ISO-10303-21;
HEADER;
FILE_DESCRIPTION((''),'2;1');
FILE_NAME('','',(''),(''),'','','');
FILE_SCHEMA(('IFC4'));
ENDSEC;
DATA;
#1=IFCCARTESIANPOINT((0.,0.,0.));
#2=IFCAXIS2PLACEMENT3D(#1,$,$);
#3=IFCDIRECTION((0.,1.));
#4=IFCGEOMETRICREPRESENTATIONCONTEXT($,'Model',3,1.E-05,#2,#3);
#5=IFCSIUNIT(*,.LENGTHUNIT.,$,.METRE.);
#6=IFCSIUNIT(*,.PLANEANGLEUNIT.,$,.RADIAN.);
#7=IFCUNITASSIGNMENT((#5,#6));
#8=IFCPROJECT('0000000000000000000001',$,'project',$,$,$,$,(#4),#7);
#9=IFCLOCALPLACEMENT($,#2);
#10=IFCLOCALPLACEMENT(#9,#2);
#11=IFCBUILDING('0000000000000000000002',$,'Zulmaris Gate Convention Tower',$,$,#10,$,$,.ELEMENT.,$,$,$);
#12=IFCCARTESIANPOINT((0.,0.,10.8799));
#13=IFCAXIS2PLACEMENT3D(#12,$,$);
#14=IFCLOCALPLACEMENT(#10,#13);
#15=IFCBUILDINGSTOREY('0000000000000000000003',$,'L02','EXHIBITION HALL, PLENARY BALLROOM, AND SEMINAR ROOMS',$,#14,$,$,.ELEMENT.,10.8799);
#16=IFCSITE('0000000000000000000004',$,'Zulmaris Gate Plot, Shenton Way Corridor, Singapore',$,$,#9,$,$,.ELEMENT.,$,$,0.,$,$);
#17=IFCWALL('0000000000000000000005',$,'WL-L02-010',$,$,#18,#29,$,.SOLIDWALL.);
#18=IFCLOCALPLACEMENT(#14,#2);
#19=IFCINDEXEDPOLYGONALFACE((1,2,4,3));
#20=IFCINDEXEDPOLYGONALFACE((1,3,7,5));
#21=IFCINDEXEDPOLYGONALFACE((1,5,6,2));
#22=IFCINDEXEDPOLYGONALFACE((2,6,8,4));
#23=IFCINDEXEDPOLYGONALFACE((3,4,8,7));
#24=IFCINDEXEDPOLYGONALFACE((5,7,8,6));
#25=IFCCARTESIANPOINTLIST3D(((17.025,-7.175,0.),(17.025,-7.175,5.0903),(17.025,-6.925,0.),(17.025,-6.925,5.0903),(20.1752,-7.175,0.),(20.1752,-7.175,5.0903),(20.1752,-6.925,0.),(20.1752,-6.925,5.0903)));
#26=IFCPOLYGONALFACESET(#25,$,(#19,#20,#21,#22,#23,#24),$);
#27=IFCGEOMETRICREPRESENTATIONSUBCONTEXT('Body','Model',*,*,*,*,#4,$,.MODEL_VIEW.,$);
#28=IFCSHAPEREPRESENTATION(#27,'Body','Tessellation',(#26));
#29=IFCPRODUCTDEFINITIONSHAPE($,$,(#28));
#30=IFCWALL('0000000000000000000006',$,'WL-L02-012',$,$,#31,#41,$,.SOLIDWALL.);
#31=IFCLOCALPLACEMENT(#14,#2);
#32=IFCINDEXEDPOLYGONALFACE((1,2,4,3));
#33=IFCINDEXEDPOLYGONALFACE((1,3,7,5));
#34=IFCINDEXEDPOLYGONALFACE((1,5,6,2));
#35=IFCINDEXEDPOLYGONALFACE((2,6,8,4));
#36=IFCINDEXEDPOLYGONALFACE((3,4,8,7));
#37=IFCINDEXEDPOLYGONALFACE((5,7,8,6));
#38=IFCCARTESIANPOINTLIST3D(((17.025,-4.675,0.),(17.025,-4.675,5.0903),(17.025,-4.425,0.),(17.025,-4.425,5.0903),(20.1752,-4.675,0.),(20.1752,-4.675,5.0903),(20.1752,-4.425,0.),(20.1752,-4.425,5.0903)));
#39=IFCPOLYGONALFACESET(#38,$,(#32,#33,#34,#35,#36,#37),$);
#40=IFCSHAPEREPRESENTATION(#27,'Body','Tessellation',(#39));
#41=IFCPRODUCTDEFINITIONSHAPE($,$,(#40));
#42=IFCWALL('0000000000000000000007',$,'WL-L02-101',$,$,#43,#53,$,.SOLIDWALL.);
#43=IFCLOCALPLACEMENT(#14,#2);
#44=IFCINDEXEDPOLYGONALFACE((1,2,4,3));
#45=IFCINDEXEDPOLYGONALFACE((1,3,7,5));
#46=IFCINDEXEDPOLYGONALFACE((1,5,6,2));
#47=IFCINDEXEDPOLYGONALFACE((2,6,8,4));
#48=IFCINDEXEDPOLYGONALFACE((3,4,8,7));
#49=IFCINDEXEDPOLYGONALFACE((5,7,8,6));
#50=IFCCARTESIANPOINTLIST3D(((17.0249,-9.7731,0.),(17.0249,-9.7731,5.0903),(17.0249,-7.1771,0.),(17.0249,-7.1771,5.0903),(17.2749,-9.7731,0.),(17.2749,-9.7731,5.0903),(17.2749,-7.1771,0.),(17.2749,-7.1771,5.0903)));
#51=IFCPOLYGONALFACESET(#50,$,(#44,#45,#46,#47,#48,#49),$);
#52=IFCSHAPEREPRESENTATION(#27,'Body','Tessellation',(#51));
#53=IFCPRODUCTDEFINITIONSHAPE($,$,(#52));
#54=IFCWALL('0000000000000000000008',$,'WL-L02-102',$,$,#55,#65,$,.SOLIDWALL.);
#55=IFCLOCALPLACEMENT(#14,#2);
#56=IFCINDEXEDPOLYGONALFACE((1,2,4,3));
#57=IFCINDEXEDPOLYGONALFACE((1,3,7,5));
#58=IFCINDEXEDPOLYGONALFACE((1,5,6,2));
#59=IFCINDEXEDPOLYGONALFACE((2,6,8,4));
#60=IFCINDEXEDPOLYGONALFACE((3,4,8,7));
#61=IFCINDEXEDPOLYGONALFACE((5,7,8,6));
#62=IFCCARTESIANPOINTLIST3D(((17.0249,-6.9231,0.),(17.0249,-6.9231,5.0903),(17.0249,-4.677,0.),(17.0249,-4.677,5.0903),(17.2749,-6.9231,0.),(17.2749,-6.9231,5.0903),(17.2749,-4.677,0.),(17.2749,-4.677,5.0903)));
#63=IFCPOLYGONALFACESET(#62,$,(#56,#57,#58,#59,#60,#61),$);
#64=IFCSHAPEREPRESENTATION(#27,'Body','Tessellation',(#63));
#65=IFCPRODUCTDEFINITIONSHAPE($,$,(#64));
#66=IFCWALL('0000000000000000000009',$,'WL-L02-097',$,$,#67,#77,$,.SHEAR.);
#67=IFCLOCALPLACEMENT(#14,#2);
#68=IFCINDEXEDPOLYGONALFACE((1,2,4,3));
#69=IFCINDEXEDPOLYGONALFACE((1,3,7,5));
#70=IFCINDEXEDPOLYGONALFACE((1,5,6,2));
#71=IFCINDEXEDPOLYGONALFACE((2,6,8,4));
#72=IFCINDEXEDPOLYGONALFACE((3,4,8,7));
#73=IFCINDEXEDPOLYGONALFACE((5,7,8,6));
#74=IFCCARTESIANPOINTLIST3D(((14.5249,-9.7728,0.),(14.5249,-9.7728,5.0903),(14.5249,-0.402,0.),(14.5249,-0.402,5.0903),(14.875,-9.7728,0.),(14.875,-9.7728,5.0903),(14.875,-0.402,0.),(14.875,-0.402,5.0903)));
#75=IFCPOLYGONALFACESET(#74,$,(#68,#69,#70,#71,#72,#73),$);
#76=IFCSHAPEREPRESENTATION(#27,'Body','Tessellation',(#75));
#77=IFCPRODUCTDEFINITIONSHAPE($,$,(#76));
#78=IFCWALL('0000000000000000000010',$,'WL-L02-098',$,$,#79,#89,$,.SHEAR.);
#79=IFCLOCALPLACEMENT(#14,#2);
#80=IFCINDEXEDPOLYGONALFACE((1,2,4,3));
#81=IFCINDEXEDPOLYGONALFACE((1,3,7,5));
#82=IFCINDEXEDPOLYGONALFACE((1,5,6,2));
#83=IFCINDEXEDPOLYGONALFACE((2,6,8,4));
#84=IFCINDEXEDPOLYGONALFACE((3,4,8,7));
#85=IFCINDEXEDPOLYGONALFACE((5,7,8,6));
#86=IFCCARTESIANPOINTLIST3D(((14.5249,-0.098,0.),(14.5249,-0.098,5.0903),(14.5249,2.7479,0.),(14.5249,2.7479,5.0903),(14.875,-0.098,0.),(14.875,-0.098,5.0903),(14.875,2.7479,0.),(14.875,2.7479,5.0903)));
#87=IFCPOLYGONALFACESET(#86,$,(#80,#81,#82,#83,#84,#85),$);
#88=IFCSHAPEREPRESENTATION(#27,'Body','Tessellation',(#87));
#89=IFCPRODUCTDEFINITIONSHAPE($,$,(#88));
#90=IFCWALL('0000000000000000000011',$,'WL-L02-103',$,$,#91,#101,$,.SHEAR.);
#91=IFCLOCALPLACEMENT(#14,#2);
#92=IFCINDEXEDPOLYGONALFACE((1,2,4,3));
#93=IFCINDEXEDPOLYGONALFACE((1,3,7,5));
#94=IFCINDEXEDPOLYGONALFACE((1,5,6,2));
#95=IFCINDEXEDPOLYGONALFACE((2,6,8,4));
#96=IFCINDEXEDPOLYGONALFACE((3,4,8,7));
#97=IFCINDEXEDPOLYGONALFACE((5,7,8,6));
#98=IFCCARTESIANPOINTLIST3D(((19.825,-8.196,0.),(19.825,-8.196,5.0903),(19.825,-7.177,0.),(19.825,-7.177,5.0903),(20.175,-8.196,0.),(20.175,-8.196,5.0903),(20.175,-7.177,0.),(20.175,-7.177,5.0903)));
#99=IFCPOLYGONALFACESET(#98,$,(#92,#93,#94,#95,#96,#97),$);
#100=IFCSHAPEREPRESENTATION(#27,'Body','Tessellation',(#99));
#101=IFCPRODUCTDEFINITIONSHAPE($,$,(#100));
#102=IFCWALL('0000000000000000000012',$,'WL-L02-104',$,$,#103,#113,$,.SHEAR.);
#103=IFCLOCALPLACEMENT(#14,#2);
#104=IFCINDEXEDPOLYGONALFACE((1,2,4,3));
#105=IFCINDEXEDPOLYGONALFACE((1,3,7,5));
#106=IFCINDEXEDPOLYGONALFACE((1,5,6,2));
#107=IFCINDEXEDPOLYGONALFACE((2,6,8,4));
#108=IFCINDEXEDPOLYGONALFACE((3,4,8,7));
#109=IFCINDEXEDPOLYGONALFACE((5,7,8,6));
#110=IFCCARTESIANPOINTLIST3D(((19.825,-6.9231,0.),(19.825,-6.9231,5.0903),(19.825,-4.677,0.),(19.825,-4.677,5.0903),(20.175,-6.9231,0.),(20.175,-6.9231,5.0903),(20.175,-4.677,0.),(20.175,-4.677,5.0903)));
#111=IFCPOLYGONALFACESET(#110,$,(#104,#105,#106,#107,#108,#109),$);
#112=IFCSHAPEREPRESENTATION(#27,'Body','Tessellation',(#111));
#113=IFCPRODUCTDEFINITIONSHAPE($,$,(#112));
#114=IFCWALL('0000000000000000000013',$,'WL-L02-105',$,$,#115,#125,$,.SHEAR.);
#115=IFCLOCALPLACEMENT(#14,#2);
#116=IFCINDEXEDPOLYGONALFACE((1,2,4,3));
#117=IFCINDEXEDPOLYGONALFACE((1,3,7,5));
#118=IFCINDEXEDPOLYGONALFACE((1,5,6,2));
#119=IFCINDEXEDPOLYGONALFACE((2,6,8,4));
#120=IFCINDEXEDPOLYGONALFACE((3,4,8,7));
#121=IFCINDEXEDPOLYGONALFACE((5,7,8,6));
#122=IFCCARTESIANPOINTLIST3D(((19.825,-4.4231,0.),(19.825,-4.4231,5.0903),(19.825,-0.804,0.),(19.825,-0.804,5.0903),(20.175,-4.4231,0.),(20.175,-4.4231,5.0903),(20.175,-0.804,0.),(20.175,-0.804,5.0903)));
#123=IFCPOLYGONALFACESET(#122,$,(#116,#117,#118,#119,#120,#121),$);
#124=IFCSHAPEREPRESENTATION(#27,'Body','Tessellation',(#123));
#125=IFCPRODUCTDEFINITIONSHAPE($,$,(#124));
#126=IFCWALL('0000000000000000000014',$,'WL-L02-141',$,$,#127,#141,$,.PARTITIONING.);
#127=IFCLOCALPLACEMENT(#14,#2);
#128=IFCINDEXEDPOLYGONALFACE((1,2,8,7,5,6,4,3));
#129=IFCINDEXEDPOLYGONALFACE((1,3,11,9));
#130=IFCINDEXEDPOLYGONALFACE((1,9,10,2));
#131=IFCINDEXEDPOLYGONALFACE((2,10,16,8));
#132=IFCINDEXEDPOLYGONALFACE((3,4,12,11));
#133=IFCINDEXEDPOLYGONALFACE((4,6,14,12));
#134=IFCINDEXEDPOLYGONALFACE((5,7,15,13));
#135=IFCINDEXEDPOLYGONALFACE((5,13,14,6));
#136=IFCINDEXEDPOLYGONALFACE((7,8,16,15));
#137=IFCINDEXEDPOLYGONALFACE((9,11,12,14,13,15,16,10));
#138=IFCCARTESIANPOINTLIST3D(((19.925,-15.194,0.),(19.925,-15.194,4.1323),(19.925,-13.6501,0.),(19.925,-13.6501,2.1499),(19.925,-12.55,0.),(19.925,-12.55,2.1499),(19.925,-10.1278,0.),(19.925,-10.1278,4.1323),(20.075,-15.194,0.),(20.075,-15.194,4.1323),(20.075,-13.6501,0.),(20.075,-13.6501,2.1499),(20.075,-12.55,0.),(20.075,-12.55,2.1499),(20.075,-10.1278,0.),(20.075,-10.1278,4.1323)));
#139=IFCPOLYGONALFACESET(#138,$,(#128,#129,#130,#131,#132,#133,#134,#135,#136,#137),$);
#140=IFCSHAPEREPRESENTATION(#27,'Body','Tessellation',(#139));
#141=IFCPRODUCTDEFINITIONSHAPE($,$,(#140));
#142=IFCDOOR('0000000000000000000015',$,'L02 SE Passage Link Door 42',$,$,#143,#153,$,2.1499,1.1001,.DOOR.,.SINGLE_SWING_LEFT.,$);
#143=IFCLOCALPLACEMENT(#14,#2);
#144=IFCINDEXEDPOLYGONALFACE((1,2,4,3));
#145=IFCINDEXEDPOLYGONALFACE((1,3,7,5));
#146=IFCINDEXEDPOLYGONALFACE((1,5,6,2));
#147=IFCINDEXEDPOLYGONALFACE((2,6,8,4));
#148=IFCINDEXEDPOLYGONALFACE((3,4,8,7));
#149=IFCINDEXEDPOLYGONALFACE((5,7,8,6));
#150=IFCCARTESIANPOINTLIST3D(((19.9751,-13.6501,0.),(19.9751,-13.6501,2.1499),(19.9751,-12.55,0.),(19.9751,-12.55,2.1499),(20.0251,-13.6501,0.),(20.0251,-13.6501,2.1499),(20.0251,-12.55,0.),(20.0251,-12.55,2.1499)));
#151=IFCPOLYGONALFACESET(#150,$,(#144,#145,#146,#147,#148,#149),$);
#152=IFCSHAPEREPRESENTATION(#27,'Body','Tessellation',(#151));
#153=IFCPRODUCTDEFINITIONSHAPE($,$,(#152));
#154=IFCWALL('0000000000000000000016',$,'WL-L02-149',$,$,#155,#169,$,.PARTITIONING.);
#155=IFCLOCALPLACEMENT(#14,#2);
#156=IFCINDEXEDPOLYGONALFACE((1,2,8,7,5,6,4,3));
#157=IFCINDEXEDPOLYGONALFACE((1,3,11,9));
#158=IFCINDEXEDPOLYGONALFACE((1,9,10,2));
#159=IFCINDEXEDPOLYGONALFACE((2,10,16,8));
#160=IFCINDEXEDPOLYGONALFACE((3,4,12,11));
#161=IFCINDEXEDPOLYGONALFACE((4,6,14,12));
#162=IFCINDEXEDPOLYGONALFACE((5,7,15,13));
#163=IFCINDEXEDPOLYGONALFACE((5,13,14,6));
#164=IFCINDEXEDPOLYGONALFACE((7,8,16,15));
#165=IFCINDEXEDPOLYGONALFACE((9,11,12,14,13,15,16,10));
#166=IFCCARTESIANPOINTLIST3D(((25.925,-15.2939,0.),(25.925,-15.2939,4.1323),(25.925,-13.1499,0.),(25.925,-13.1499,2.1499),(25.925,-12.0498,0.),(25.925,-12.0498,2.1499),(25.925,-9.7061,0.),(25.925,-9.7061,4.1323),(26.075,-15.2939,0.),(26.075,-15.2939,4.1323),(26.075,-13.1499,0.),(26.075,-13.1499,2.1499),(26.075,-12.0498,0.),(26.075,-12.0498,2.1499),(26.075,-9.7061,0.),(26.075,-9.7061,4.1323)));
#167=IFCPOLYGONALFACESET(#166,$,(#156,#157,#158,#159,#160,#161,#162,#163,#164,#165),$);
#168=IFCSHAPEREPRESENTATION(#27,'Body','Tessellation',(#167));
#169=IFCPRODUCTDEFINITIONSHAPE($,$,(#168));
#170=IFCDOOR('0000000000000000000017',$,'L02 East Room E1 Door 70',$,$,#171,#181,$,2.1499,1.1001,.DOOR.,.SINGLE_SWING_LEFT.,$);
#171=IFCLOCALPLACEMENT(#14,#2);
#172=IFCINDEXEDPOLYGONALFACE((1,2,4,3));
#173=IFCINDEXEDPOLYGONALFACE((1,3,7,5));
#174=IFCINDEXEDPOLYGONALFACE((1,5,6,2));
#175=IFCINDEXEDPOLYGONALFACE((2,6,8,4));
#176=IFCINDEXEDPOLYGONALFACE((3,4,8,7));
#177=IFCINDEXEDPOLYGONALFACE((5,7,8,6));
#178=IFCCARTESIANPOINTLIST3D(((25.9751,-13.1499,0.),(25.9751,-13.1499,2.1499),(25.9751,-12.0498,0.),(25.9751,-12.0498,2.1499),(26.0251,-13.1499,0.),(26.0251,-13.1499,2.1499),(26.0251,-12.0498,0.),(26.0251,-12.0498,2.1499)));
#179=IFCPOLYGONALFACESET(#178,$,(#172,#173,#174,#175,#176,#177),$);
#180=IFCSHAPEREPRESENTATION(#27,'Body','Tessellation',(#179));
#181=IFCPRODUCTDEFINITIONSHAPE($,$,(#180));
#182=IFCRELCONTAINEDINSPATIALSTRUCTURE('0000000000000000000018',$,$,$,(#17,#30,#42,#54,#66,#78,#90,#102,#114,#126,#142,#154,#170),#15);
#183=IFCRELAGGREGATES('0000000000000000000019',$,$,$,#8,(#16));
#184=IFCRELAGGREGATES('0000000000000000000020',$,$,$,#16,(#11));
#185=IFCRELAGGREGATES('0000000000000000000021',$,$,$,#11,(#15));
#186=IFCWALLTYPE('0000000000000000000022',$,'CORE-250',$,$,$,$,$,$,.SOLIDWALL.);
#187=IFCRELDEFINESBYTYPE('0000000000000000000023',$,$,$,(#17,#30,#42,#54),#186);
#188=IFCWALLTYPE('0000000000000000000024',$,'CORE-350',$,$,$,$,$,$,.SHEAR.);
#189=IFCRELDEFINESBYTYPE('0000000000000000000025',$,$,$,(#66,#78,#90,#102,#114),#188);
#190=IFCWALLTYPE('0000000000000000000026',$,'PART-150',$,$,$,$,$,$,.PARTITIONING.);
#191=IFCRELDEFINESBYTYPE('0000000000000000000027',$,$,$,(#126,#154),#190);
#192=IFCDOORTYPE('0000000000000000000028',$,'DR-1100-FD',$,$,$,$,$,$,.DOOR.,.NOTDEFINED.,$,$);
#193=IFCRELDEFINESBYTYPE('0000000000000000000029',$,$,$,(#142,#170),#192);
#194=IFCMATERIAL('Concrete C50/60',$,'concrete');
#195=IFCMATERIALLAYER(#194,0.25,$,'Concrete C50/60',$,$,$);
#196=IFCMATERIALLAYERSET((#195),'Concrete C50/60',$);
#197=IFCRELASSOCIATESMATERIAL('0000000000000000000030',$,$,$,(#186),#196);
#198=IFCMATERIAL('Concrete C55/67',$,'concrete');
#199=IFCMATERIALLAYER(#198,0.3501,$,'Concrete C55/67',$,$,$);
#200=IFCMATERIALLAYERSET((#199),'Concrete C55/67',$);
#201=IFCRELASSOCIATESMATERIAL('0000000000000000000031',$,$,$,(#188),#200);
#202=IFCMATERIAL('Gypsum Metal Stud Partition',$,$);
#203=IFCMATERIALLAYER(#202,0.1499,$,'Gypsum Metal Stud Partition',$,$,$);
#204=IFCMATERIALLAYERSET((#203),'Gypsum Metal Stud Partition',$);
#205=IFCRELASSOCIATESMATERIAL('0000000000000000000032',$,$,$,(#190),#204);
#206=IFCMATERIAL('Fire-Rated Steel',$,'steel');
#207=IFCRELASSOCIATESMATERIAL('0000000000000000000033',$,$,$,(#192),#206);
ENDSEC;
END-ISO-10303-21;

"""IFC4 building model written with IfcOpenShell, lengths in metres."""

from ifc_helpers import new_model, si_unit, direction, frame, frame_2d, origin, place, context, subcontext, project, spatial, rectangle, extrude, material, layer, layer_set, type_object, element, fill, save


model = new_model("IFC4")

# Units and contexts
model_context = context("Model", 3, precision=1e-05, world=origin(), true_north=direction((0.0, 1.0)))
body_context = subcontext(model_context, "Body", "Model", "MODEL_VIEW")
ifc_project = project(units=[si_unit("LENGTHUNIT", "METRE"), si_unit("PLANEANGLEUNIT", "RADIAN")], contexts=[model_context])

# Site, building, storey
site_placement = place(None, origin())
site = spatial("IfcSite", under=ifc_project, at=site_placement, Name="Zulmaris Gate Plot, Shenton Way Corridor, Singapore", CompositionType="ELEMENT", RefElevation=0.0)
building_placement = place(site_placement, origin())
building = spatial("IfcBuilding", under=site, at=building_placement, Name="Zulmaris Gate Convention Tower", CompositionType="ELEMENT")
storey_placement = place(building_placement, frame((0.0, 0.0, 10.8799)))
storey = spatial("IfcBuildingStorey", under=building, at=storey_placement, Name="L02", Description="EXHIBITION HALL, PLENARY BALLROOM, AND SEMINAR ROOMS", CompositionType="ELEMENT", Elevation=10.8799)

# Walls
ifc_material_1 = material(Name="Concrete C50/60", Category="concrete")
ifc_layer_1 = layer(ifc_material_1, 0.25, Name="Concrete C50/60")
ifc_layer_set_1 = layer_set([ifc_layer_1], Name="Concrete C50/60")
wall_type_1 = type_object("IfcWallType", Name="CORE-250", PredefinedType="SOLIDWALL", material=ifc_layer_set_1)
for number, where, z_axis, x_axis, name in (
    (1, (17.0249, -7.05, 0.0), (0.0, 0.0, 1.0), (1.0, 0.0, 0.0), "WL-L02-010"),
    (2, (17.0249, -4.55, 0.0), (0.0, 0.0, 1.0), (1.0, 0.0, 0.0), "WL-L02-012"),
):
    element("IfcWall", number, at=place(storey_placement, frame(where, z_axis=z_axis, x_axis=x_axis)), inside=storey, type_object=wall_type_1, Name=name, PredefinedType="SOLIDWALL", context=body_context, shape_type="SweptSolid", body=[
        extrude(rectangle(XDim=3.1501, YDim=0.25, at=frame_2d((1.5752, 0.0))), origin(), (0.0, 0.0, 1.0), 5.0903),
    ])
wall_1_placement = place(storey_placement, frame((17.1499, -9.7729, 0.0), z_axis=(0.0, 0.0, 1.0), x_axis=(0.0, 1.0, 0.0)))
element("IfcWall", 3, at=wall_1_placement, inside=storey, type_object=wall_type_1, Name="WL-L02-101", PredefinedType="SOLIDWALL", context=body_context, shape_type="SweptSolid", body=[
    extrude(rectangle(XDim=2.5959, YDim=0.25, at=frame_2d((1.2979, 0.0))), origin(), (0.0, 0.0, 1.0), 5.0903),
])
wall_2_placement = place(storey_placement, frame((17.1499, -6.9231, 0.0), z_axis=(0.0, 0.0, 1.0), x_axis=(0.0, 1.0, 0.0)))
element("IfcWall", 4, at=wall_2_placement, inside=storey, type_object=wall_type_1, Name="WL-L02-102", PredefinedType="SOLIDWALL", context=body_context, shape_type="SweptSolid", body=[
    extrude(rectangle(XDim=2.2461, YDim=0.25, at=frame_2d((1.123, 0.0))), origin(), (0.0, 0.0, 1.0), 5.0903),
])

# Shared definitions
ifc_material_2 = material(Name="Concrete C55/67", Category="concrete")
ifc_layer_2 = layer(ifc_material_2, 0.3501, Name="Concrete C55/67")
ifc_layer_set_2 = layer_set([ifc_layer_2], Name="Concrete C55/67")
wall_type_2 = type_object("IfcWallType", Name="CORE-350", PredefinedType="SHEAR", material=ifc_layer_set_2)

# Walls
wall_3_placement = place(storey_placement, frame((14.7, -9.7729, 0.0), z_axis=(0.0, 0.0, 1.0), x_axis=(0.0, 1.0, 0.0)))
element("IfcWall", 5, at=wall_3_placement, inside=storey, type_object=wall_type_2, Name="WL-L02-097", PredefinedType="SHEAR", context=body_context, shape_type="SweptSolid", body=[
    extrude(rectangle(XDim=9.3708, YDim=0.3501, at=frame_2d((4.6855, 0.0))), origin(), (0.0, 0.0, 1.0), 5.0903),
])
wall_4_placement = place(storey_placement, frame((14.7, -0.0979, 0.0), z_axis=(0.0, 0.0, 1.0), x_axis=(0.0, 1.0, 0.0)))
element("IfcWall", 6, at=wall_4_placement, inside=storey, type_object=wall_type_2, Name="WL-L02-098", PredefinedType="SHEAR", context=body_context, shape_type="SweptSolid", body=[
    extrude(rectangle(XDim=2.8459, YDim=0.3501, at=frame_2d((1.4229, 0.0))), origin(), (0.0, 0.0, 1.0), 5.0903),
])
wall_5_placement = place(storey_placement, frame((20.0, -8.196, 0.0), z_axis=(0.0, 0.0, 1.0), x_axis=(0.0, 1.0, 0.0)))
element("IfcWall", 7, at=wall_5_placement, inside=storey, type_object=wall_type_2, Name="WL-L02-103", PredefinedType="SHEAR", context=body_context, shape_type="SweptSolid", body=[
    extrude(rectangle(XDim=1.019, YDim=0.3501, at=frame_2d((0.5095, 0.0))), origin(), (0.0, 0.0, 1.0), 5.0903),
])
wall_6_placement = place(storey_placement, frame((20.0, -6.9231, 0.0), z_axis=(0.0, 0.0, 1.0), x_axis=(0.0, 1.0, 0.0)))
element("IfcWall", 8, at=wall_6_placement, inside=storey, type_object=wall_type_2, Name="WL-L02-104", PredefinedType="SHEAR", context=body_context, shape_type="SweptSolid", body=[
    extrude(rectangle(XDim=2.2461, YDim=0.3501, at=frame_2d((1.123, 0.0))), origin(), (0.0, 0.0, 1.0), 5.0903),
])
wall_7_placement = place(storey_placement, frame((20.0, -4.4231, 0.0), z_axis=(0.0, 0.0, 1.0), x_axis=(0.0, 1.0, 0.0)))
element("IfcWall", 9, at=wall_7_placement, inside=storey, type_object=wall_type_2, Name="WL-L02-105", PredefinedType="SHEAR", context=body_context, shape_type="SweptSolid", body=[
    extrude(rectangle(XDim=3.6191, YDim=0.3501, at=frame_2d((1.8096, 0.0))), origin(), (0.0, 0.0, 1.0), 5.0903),
])

# Walls, openings, doors
ifc_material_3 = material(Name="Gypsum Metal Stud Partition")
ifc_layer_3 = layer(ifc_material_3, 0.1499, Name="Gypsum Metal Stud Partition")
ifc_layer_set_3 = layer_set([ifc_layer_3], Name="Gypsum Metal Stud Partition")
wall_type_3 = type_object("IfcWallType", Name="PART-150", PredefinedType="PARTITIONING", material=ifc_layer_set_3)
wall_8_placement = place(storey_placement, frame((20.0, -15.1941, 0.0), z_axis=(0.0, 0.0, 1.0), x_axis=(0.0, 1.0, 0.0)))
wall_8 = element("IfcWall", 10, at=wall_8_placement, inside=storey, type_object=wall_type_3, Name="WL-L02-141", PredefinedType="PARTITIONING", context=body_context, shape_type="SweptSolid", body=[
    extrude(rectangle(XDim=5.0662, YDim=0.1499, at=frame_2d((2.5332, 0.0))), origin(), (0.0, 0.0, 1.0), 4.1323),
])
opening_1_placement = place(wall_8_placement, frame((1.5439, 0.0, 0.0)))
opening_1 = element("IfcOpeningElement", 11, at=opening_1_placement, cuts=wall_8, PredefinedType="OPENING", context=body_context, shape_type="SweptSolid", body=[
    extrude(rectangle(XDim=1.1001, YDim=2.1499, at=frame_2d((0.55, 1.075))), frame((0.0, 0.085, 0.0), z_axis=(0.0, -1.0, 0.0), x_axis=(1.0, 0.0, 0.0)), (0.0, 0.0, 1.0), 0.1699),
])
ifc_material_4 = material(Name="Fire-Rated Steel", Category="steel")
door_type_1 = type_object("IfcDoorType", Name="DR-1100-FD", OperationType="NOTDEFINED", PredefinedType="DOOR", material=ifc_material_4)
door_1_placement = place(opening_1_placement, origin())
door_1 = element("IfcDoor", 12, at=door_1_placement, inside=storey, type_object=door_type_1, Name="L02 SE Passage Link Door 42", OperationType="SINGLE_SWING_LEFT", OverallHeight=2.1499, OverallWidth=1.1001, PredefinedType="DOOR", context=body_context, shape_type="SweptSolid", body=[
    extrude(rectangle(XDim=1.1001, YDim=2.1499, at=frame_2d((0.55, 1.075))), frame((0.0, 0.0249, 0.0), z_axis=(0.0, -1.0, 0.0), x_axis=(1.0, 0.0, 0.0)), (0.0, 0.0, 1.0), 0.05),
])
fill(opening_1, door_1)
wall_9_placement = place(storey_placement, frame((26.0, -15.2939, 0.0), z_axis=(0.0, 0.0, 1.0), x_axis=(0.0, 1.0, 0.0)))
wall_9 = element("IfcWall", 13, at=wall_9_placement, inside=storey, type_object=wall_type_3, Name="WL-L02-149", PredefinedType="PARTITIONING", context=body_context, shape_type="SweptSolid", body=[
    extrude(rectangle(XDim=5.5879, YDim=0.1499, at=frame_2d((2.7939, 0.0))), origin(), (0.0, 0.0, 1.0), 4.1323),
])
opening_2_placement = place(wall_9_placement, frame((2.144, 0.0, 0.0)))
opening_2 = element("IfcOpeningElement", 14, at=opening_2_placement, cuts=wall_9, PredefinedType="OPENING", context=body_context, shape_type="SweptSolid", body=[
    extrude(rectangle(XDim=1.1001, YDim=2.1499, at=frame_2d((0.55, 1.075))), frame((0.0, 0.085, 0.0), z_axis=(0.0, -1.0, 0.0), x_axis=(1.0, 0.0, 0.0)), (0.0, 0.0, 1.0), 0.1699),
])
door_2_placement = place(opening_2_placement, origin())
door_2 = element("IfcDoor", 15, at=door_2_placement, inside=storey, type_object=door_type_1, Name="L02 East Room E1 Door 70", OperationType="SINGLE_SWING_LEFT", OverallHeight=2.1499, OverallWidth=1.1001, PredefinedType="DOOR", context=body_context, shape_type="SweptSolid", body=[
    extrude(rectangle(XDim=1.1001, YDim=2.1499, at=frame_2d((0.55, 1.075))), frame((0.0, 0.0249, 0.0), z_axis=(0.0, -1.0, 0.0), x_axis=(1.0, 0.0, 0.0)), (0.0, 0.0, 1.0), 0.05),
])
fill(opening_2, door_2)

save(model, "model.ifc")
